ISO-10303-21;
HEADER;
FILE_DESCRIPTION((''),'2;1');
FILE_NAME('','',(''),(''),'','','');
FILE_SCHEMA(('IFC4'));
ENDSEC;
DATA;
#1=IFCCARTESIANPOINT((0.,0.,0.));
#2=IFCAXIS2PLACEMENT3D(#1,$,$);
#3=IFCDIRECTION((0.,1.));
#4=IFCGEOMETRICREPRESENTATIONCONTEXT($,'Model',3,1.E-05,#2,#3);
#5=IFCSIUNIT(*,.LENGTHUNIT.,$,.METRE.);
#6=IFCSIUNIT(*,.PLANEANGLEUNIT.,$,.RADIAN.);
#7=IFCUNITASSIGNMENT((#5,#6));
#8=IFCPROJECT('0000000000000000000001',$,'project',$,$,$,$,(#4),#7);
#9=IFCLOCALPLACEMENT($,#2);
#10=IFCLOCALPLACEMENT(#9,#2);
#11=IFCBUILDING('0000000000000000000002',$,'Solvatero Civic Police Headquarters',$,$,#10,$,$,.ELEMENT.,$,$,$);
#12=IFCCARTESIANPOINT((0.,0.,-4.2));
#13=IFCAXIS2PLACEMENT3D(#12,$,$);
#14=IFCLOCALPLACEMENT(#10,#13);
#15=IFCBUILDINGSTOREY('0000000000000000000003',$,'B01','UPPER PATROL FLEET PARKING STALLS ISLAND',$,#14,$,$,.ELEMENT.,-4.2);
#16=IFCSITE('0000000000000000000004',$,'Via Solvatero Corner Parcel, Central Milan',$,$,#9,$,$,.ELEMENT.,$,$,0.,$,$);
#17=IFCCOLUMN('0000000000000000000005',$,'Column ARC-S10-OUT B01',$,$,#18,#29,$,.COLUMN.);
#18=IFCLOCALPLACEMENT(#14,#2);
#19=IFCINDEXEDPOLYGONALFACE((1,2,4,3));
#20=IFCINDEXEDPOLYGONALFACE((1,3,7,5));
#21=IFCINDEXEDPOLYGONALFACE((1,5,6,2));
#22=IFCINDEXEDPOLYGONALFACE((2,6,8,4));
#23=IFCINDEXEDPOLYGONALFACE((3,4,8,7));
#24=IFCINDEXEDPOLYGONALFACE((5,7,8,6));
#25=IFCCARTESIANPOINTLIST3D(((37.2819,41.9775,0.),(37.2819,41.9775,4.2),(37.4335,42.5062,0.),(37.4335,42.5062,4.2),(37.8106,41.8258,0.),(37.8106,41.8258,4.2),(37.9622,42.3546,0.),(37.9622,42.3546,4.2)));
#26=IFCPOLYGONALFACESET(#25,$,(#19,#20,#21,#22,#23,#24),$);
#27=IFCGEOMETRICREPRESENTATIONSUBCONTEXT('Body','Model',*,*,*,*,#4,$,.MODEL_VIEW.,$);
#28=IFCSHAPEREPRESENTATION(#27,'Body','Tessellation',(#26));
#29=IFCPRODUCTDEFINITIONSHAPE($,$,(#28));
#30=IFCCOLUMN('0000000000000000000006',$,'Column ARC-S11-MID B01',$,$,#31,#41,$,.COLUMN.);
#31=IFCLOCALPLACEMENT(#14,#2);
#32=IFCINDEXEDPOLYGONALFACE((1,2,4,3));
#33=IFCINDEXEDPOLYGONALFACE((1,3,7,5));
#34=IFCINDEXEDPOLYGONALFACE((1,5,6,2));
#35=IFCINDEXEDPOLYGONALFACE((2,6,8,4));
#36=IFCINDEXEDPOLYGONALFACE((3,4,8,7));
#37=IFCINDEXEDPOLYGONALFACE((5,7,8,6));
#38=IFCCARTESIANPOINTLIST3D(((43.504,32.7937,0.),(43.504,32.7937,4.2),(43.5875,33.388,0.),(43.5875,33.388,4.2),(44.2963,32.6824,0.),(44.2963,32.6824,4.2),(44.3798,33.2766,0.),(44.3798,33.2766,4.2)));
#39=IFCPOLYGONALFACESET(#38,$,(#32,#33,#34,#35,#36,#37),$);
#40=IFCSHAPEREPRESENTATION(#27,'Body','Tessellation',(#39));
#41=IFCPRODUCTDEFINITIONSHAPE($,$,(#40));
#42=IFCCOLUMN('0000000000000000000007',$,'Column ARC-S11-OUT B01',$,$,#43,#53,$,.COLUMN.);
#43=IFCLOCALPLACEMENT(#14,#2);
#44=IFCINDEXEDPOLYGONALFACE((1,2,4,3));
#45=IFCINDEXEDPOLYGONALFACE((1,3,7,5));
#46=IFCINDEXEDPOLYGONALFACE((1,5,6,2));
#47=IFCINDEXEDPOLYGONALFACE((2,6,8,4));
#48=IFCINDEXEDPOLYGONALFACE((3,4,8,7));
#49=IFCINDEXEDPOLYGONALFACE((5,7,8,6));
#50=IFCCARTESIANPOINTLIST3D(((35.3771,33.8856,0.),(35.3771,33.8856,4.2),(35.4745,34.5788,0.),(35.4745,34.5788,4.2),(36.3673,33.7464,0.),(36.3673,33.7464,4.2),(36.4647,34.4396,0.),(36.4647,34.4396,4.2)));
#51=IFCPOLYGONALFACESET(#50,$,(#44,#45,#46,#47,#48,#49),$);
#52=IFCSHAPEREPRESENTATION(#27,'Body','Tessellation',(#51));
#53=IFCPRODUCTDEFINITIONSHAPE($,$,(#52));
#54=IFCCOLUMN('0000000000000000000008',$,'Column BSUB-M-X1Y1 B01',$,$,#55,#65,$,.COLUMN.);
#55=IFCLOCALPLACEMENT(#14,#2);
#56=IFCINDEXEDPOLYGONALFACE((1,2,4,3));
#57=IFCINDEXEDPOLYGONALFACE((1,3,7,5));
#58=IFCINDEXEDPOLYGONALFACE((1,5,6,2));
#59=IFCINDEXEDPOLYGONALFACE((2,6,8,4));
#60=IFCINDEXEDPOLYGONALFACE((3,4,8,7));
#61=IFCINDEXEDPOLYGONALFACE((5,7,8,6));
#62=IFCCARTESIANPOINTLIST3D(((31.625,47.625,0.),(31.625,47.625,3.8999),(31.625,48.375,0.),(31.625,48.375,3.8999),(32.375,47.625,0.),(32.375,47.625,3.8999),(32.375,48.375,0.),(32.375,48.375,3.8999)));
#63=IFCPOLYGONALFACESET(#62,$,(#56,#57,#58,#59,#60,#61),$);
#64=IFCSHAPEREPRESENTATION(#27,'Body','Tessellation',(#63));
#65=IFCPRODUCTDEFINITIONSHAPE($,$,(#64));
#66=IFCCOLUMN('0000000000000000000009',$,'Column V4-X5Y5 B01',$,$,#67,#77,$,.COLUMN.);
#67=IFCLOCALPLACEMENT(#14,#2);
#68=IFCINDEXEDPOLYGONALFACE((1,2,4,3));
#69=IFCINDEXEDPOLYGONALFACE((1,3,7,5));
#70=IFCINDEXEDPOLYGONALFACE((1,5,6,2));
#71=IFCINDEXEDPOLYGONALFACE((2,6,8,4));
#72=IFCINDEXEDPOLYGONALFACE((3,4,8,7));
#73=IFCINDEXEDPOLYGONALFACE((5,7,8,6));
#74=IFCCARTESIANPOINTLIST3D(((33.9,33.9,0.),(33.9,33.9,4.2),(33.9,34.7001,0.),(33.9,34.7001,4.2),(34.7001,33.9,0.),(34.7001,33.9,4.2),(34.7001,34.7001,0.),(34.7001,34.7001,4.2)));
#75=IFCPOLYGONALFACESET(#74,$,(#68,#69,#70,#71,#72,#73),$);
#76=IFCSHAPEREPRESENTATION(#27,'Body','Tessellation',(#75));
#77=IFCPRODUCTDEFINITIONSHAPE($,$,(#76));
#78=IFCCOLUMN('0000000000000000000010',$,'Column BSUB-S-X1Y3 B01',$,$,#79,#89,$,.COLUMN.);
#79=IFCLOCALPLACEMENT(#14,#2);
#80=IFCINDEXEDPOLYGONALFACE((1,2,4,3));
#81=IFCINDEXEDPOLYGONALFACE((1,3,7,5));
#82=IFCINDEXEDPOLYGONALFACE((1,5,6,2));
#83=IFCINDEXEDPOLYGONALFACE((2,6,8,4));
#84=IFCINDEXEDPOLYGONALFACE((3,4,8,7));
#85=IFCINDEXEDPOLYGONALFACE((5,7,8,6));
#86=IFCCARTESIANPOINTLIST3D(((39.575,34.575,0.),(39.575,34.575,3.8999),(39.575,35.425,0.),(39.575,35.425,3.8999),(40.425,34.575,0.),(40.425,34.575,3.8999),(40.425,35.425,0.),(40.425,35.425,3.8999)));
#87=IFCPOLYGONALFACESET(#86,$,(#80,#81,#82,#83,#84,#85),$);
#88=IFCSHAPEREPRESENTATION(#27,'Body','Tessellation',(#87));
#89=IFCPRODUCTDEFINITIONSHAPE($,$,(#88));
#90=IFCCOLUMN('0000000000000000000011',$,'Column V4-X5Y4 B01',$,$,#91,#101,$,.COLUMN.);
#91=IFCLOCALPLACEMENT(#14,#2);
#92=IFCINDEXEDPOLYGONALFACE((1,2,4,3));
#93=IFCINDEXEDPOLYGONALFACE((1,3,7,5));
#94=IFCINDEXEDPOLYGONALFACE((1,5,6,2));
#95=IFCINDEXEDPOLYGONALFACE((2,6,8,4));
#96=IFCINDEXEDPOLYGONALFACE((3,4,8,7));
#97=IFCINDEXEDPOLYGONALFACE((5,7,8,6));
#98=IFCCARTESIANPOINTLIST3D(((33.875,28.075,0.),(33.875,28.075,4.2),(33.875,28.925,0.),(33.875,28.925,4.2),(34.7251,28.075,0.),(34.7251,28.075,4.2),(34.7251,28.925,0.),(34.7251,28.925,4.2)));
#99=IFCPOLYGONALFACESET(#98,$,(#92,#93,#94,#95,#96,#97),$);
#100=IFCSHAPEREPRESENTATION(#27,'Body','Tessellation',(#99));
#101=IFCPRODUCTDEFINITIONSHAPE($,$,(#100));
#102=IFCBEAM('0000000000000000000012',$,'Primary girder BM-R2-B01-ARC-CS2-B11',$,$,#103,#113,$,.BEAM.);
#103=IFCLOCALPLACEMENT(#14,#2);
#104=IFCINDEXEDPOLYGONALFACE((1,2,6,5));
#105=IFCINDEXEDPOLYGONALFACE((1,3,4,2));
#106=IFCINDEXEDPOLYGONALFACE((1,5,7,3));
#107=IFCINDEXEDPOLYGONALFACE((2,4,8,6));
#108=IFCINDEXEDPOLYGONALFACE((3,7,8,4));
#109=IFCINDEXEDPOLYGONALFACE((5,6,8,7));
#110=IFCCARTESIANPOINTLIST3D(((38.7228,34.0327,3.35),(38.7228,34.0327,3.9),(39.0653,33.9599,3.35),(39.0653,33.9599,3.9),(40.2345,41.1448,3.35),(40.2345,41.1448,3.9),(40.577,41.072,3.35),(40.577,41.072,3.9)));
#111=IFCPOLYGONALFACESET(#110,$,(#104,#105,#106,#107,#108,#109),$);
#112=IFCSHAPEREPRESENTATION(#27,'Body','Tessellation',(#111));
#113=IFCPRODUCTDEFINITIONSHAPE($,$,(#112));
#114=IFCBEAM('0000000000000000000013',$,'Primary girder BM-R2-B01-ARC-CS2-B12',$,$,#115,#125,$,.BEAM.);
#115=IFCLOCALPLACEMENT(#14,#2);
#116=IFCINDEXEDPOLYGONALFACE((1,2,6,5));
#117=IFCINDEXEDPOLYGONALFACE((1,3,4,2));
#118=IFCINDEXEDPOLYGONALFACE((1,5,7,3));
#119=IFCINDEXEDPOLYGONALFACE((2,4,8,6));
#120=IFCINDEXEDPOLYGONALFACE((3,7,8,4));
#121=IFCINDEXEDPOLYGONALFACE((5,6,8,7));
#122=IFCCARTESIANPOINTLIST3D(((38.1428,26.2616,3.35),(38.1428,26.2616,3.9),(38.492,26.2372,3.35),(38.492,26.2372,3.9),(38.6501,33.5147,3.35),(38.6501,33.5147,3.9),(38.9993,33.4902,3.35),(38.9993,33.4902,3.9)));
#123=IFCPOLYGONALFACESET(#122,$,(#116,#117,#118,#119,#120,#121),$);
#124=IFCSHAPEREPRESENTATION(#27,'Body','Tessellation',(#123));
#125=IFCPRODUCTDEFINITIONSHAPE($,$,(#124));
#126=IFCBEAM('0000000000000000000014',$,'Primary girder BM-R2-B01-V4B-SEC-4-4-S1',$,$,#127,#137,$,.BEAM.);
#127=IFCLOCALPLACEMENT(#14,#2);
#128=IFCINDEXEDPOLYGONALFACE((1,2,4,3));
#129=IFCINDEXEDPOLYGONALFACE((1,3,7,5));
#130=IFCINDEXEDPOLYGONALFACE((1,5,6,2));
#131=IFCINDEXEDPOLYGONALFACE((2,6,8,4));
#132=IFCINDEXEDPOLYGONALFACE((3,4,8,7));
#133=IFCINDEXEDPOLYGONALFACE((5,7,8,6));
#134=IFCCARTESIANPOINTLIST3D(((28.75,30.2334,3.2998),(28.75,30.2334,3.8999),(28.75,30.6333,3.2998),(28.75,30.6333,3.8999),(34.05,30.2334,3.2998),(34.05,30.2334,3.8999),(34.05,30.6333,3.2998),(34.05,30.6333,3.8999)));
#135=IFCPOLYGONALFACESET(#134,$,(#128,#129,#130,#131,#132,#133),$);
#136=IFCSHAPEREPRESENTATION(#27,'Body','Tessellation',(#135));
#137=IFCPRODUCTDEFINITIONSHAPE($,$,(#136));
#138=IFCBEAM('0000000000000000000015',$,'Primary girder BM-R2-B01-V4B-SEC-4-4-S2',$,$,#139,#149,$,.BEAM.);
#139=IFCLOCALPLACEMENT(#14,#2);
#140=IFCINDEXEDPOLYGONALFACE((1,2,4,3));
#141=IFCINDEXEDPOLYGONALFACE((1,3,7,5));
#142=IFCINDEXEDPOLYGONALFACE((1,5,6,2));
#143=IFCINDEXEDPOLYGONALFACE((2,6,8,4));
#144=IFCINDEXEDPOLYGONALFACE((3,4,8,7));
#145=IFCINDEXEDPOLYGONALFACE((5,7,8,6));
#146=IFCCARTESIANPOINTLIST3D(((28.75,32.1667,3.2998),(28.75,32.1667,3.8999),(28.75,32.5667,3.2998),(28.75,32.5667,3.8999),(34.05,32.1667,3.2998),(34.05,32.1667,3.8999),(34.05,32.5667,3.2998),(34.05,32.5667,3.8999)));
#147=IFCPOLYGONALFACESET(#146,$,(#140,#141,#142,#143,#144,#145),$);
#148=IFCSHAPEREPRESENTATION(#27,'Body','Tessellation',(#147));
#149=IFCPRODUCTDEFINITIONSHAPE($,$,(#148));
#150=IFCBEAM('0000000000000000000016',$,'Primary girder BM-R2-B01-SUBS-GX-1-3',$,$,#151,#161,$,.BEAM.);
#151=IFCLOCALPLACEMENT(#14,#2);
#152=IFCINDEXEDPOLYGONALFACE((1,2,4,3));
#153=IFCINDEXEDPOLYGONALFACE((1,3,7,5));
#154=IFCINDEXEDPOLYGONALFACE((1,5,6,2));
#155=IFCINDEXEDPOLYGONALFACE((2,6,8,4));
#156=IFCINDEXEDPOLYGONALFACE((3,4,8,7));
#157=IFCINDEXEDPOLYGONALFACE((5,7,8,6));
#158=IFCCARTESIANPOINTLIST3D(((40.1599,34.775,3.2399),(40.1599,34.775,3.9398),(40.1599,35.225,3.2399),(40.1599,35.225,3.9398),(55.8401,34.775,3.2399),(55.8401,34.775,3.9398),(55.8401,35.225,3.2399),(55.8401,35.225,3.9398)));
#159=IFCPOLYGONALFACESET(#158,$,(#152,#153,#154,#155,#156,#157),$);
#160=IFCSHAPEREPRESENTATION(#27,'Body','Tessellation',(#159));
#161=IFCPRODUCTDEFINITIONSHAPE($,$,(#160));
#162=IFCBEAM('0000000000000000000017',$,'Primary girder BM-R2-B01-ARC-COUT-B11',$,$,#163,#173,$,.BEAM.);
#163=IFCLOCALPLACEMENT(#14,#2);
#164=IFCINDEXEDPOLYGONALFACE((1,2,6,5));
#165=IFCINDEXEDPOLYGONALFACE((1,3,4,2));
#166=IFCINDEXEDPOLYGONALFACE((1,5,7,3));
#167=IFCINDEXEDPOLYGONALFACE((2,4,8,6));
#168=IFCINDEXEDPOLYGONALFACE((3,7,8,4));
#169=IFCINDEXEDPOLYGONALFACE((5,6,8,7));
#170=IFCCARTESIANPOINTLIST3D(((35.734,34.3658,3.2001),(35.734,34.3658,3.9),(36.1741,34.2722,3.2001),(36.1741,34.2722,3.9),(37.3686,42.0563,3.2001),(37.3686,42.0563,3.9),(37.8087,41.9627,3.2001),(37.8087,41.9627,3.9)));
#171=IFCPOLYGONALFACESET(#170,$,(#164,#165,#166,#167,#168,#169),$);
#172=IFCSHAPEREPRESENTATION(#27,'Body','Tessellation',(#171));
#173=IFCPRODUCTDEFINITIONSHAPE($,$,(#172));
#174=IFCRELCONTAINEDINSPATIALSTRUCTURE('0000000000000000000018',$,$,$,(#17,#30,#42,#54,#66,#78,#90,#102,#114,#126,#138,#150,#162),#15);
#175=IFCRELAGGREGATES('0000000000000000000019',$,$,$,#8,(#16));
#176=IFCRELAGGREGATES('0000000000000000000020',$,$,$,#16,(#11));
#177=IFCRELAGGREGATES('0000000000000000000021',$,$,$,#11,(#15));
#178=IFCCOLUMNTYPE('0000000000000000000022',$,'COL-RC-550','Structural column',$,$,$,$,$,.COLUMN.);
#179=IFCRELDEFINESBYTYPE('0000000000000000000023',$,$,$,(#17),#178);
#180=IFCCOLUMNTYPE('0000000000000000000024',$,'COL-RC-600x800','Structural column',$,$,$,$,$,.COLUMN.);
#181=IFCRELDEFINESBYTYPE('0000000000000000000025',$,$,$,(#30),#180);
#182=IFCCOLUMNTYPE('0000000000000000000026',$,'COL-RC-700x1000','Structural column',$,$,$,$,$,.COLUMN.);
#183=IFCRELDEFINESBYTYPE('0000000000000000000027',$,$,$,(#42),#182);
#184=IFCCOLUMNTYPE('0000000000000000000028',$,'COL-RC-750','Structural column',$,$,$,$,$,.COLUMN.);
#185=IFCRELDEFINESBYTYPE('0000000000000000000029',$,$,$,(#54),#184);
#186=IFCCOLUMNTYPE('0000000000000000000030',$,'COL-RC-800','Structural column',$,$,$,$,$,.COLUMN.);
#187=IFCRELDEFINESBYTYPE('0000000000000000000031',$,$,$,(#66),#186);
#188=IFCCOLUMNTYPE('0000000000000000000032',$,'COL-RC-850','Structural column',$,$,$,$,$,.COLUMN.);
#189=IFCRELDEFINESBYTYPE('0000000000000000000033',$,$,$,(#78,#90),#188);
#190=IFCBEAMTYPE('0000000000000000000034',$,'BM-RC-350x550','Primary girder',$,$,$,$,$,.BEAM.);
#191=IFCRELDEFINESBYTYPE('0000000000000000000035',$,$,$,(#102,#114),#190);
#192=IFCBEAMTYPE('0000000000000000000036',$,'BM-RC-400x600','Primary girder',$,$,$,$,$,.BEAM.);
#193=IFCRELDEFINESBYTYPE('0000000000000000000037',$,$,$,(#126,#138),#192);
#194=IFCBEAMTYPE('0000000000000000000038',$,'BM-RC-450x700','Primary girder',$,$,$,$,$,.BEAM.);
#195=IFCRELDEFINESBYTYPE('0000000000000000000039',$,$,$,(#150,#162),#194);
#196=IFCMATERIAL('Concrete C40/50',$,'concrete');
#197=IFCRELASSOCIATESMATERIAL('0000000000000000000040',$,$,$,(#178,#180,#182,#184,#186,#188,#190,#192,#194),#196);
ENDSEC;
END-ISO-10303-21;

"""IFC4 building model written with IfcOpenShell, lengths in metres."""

from ifc_helpers import new_model, si_unit, direction, frame, origin, origin_2d, place, context, subcontext, project, spatial, rectangle, extrude, material, material_profile, profile_set, type_object, element, save


model = new_model("IFC4")

# Units and contexts
model_context = context("Model", 3, precision=1e-05, world=origin(), true_north=direction((0.0, 1.0)))
body_context = subcontext(model_context, "Body", "Model", "MODEL_VIEW")
ifc_project = project(units=[si_unit("LENGTHUNIT", "METRE"), si_unit("PLANEANGLEUNIT", "RADIAN")], contexts=[model_context])

# Site, building, storey
site_placement = place(None, origin())
site = spatial("IfcSite", under=ifc_project, at=site_placement, Name="Via Solvatero Corner Parcel, Central Milan", CompositionType="ELEMENT", RefElevation=0.0)
building_placement = place(site_placement, origin())
building = spatial("IfcBuilding", under=site, at=building_placement, Name="Solvatero Civic Police Headquarters", CompositionType="ELEMENT")
storey_placement = place(building_placement, frame((0.0, 0.0, -4.2)))
storey = spatial("IfcBuildingStorey", under=building, at=storey_placement, Name="B01", Description="UPPER PATROL FLEET PARKING STALLS ISLAND", CompositionType="ELEMENT", Elevation=-4.2)

# Columns
ifc_material_1 = material(Name="Concrete C40/50", Category="concrete")
ifc_material_profile_1 = material_profile(ifc_material_1, rectangle(XDim=0.55, YDim=0.55, at=origin_2d()), Name="RC 550x550")
ifc_profile_set_1 = profile_set([ifc_material_profile_1], Name="Concrete C40/50")
column_type_1 = type_object("IfcColumnType", Name="COL-RC-550", Description="Structural column", PredefinedType="COLUMN", material=ifc_profile_set_1)
column_1_placement = place(storey_placement, frame((37.6221, 42.166, 0.0), z_axis=(0.0, 0.0, 1.0), x_axis=(0.275637, 0.961262, 0.0)))
element("IfcColumn", 1, at=column_1_placement, inside=storey, type_object=column_type_1, Name="Column ARC-S10-OUT B01", PredefinedType="COLUMN", context=body_context, shape_type="SweptSolid", body=[
    extrude(rectangle(XDim=0.55, YDim=0.55, at=origin_2d()), origin(), (0.0, 0.0, 1.0), 4.2),
])
ifc_material_profile_2 = material_profile(ifc_material_1, rectangle(XDim=0.6001, YDim=0.8, at=origin_2d()), Name="RC 600x800")
ifc_profile_set_2 = profile_set([ifc_material_profile_2], Name="Concrete C40/50")
column_type_2 = type_object("IfcColumnType", Name="COL-RC-600x800", Description="Structural column", PredefinedType="COLUMN", material=ifc_profile_set_2)
column_2_placement = place(storey_placement, frame((43.9419, 33.0352, 0.0), z_axis=(0.0, 0.0, 1.0), x_axis=(0.139173, 0.990268, 0.0)))
element("IfcColumn", 2, at=column_2_placement, inside=storey, type_object=column_type_2, Name="Column ARC-S11-MID B01", PredefinedType="COLUMN", context=body_context, shape_type="SweptSolid", body=[
    extrude(rectangle(XDim=0.6001, YDim=0.8, at=origin_2d()), origin(), (0.0, 0.0, 1.0), 4.2),
])
ifc_material_profile_3 = material_profile(ifc_material_1, rectangle(XDim=0.7, YDim=1.0, at=origin_2d()), Name="RC 700x1000")
ifc_profile_set_3 = profile_set([ifc_material_profile_3], Name="Concrete C40/50")
column_type_3 = type_object("IfcColumnType", Name="COL-RC-700x1000", Description="Structural column", PredefinedType="COLUMN", material=ifc_profile_set_3)
column_3_placement = place(storey_placement, frame((35.9209, 34.1626, 0.0), z_axis=(0.0, 0.0, 1.0), x_axis=(0.139173, 0.990268, 0.0)))
element("IfcColumn", 3, at=column_3_placement, inside=storey, type_object=column_type_3, Name="Column ARC-S11-OUT B01", PredefinedType="COLUMN", context=body_context, shape_type="SweptSolid", body=[
    extrude(rectangle(XDim=0.7, YDim=1.0, at=origin_2d()), origin(), (0.0, 0.0, 1.0), 4.2),
])
ifc_material_profile_4 = material_profile(ifc_material_1, rectangle(XDim=0.75, YDim=0.75, at=origin_2d()), Name="RC 750x750")
ifc_profile_set_4 = profile_set([ifc_material_profile_4], Name="Concrete C40/50")
column_type_4 = type_object("IfcColumnType", Name="COL-RC-750", Description="Structural column", PredefinedType="COLUMN", material=ifc_profile_set_4)
column_4_placement = place(storey_placement, frame((32.0, 48.0, 0.0), z_axis=(0.0, 0.0, 1.0), x_axis=(1.0, 0.0, 0.0)))
element("IfcColumn", 4, at=column_4_placement, inside=storey, type_object=column_type_4, Name="Column BSUB-M-X1Y1 B01", PredefinedType="COLUMN", context=body_context, shape_type="SweptSolid", body=[
    extrude(rectangle(XDim=0.75, YDim=0.75, at=origin_2d()), origin(), (0.0, 0.0, 1.0), 3.8999),
])
ifc_material_profile_5 = material_profile(ifc_material_1, rectangle(XDim=0.8, YDim=0.8, at=origin_2d()), Name="RC 800x800")
ifc_profile_set_5 = profile_set([ifc_material_profile_5], Name="Concrete C40/50")
column_type_5 = type_object("IfcColumnType", Name="COL-RC-800", Description="Structural column", PredefinedType="COLUMN", material=ifc_profile_set_5)
column_5_placement = place(storey_placement, frame((34.3, 34.3, 0.0), z_axis=(0.0, 0.0, 1.0), x_axis=(1.0, 0.0, 0.0)))
element("IfcColumn", 5, at=column_5_placement, inside=storey, type_object=column_type_5, Name="Column V4-X5Y5 B01", PredefinedType="COLUMN", context=body_context, shape_type="SweptSolid", body=[
    extrude(rectangle(XDim=0.8, YDim=0.8, at=origin_2d()), origin(), (0.0, 0.0, 1.0), 4.2),
])
ifc_material_profile_6 = material_profile(ifc_material_1, rectangle(XDim=0.8501, YDim=0.8501, at=origin_2d()), Name="RC 850x850")
ifc_profile_set_6 = profile_set([ifc_material_profile_6], Name="Concrete C40/50")
column_type_6 = type_object("IfcColumnType", Name="COL-RC-850", Description="Structural column", PredefinedType="COLUMN", material=ifc_profile_set_6)
column_6_placement = place(storey_placement, frame((40.0, 35.0, 0.0), z_axis=(0.0, 0.0, 1.0), x_axis=(1.0, 0.0, 0.0)))
element("IfcColumn", 6, at=column_6_placement, inside=storey, type_object=column_type_6, Name="Column BSUB-S-X1Y3 B01", PredefinedType="COLUMN", context=body_context, shape_type="SweptSolid", body=[
    extrude(rectangle(XDim=0.8501, YDim=0.8501, at=origin_2d()), origin(), (0.0, 0.0, 1.0), 3.8999),
])
column_7_placement = place(storey_placement, frame((34.3, 28.5, 0.0), z_axis=(0.0, 0.0, 1.0), x_axis=(1.0, 0.0, 0.0)))
element("IfcColumn", 7, at=column_7_placement, inside=storey, type_object=column_type_6, Name="Column V4-X5Y4 B01", PredefinedType="COLUMN", context=body_context, shape_type="SweptSolid", body=[
    extrude(rectangle(XDim=0.8501, YDim=0.8501, at=origin_2d()), origin(), (0.0, 0.0, 1.0), 4.2),
])

# Beams
ifc_material_profile_7 = material_profile(ifc_material_1, rectangle(XDim=0.3501, YDim=0.55, at=origin_2d()), Name="RC 350x550")
ifc_profile_set_7 = profile_set([ifc_material_profile_7], Name="Concrete C40/50")
beam_type_1 = type_object("IfcBeamType", Name="BM-RC-350x550", Description="Primary girder", PredefinedType="BEAM", material=ifc_profile_set_7)
beam_1_placement = place(storey_placement, frame((40.4058, 41.1084, 3.625), z_axis=(-0.207912, -0.978147, 0.0), x_axis=(0.978147, -0.207912, 0.0)))
element("IfcBeam", 8, at=beam_1_placement, inside=storey, type_object=beam_type_1, Name="Primary girder BM-R2-B01-ARC-CS2-B11", PredefinedType="BEAM", context=body_context, shape_type="SweptSolid", body=[
    extrude(rectangle(XDim=0.3501, YDim=0.55, at=origin_2d()), origin(), (0.0, 0.0, 1.0), 7.271),
])
beam_2_placement = place(storey_placement, frame((38.8247, 33.5024, 3.625), z_axis=(-0.069777, -0.997563, 0.0), x_axis=(0.997563, -0.069777, 0.0)))
element("IfcBeam", 9, at=beam_2_placement, inside=storey, type_object=beam_type_1, Name="Primary girder BM-R2-B01-ARC-CS2-B12", PredefinedType="BEAM", context=body_context, shape_type="SweptSolid", body=[
    extrude(rectangle(XDim=0.3501, YDim=0.55, at=origin_2d()), origin(), (0.0, 0.0, 1.0), 7.2708),
])
ifc_material_profile_8 = material_profile(ifc_material_1, rectangle(XDim=0.3999, YDim=0.6001, at=origin_2d()), Name="RC 400x600")
ifc_profile_set_8 = profile_set([ifc_material_profile_8], Name="Concrete C40/50")
beam_type_2 = type_object("IfcBeamType", Name="BM-RC-400x600", Description="Primary girder", PredefinedType="BEAM", material=ifc_profile_set_8)
for number, where, z_axis, x_axis, name in (
    (10, (28.75, 30.4333, 3.5999), (1.0, 0.0, 0.0), (0.0, 1.0, 0.0), "Primary girder BM-R2-B01-V4B-SEC-4-4-S1"),
    (11, (28.75, 32.3667, 3.5999), (1.0, 0.0, 0.0), (0.0, 1.0, 0.0), "Primary girder BM-R2-B01-V4B-SEC-4-4-S2"),
):
    element("IfcBeam", number, at=place(storey_placement, frame(where, z_axis=z_axis, x_axis=x_axis)), inside=storey, type_object=beam_type_2, Name=name, PredefinedType="BEAM", context=body_context, shape_type="SweptSolid", body=[
        extrude(rectangle(XDim=0.3999, YDim=0.6001, at=origin_2d()), origin(), (0.0, 0.0, 1.0), 5.3),
    ])
ifc_material_profile_9 = material_profile(ifc_material_1, rectangle(XDim=0.45, YDim=0.7, at=origin_2d()), Name="RC 450x700")
ifc_profile_set_9 = profile_set([ifc_material_profile_9], Name="Concrete C40/50")
beam_type_3 = type_object("IfcBeamType", Name="BM-RC-450x700", Description="Primary girder", PredefinedType="BEAM", material=ifc_profile_set_9)
beam_3_placement = place(storey_placement, frame((40.1599, 35.0, 3.5898), z_axis=(1.0, 0.0, 0.0), x_axis=(0.0, 1.0, 0.0)))
element("IfcBeam", 12, at=beam_3_placement, inside=storey, type_object=beam_type_3, Name="Primary girder BM-R2-B01-SUBS-GX-1-3", PredefinedType="BEAM", context=body_context, shape_type="SweptSolid", body=[
    extrude(rectangle(XDim=0.45, YDim=0.7, at=origin_2d()), origin(), (0.0, 0.0, 1.0), 15.6802),
])
beam_4_placement = place(storey_placement, frame((37.5886, 42.0095, 3.55), z_axis=(-0.207896, -0.978151, 0.0), x_axis=(0.978151, -0.207896, 0.0)))
element("IfcBeam", 13, at=beam_4_placement, inside=storey, type_object=beam_type_3, Name="Primary girder BM-R2-B01-ARC-COUT-B11", PredefinedType="BEAM", context=body_context, shape_type="SweptSolid", body=[
    extrude(rectangle(XDim=0.45, YDim=0.7, at=origin_2d()), origin(), (0.0, 0.0, 1.0), 7.8623),
])

save(model, "model.ifc")
